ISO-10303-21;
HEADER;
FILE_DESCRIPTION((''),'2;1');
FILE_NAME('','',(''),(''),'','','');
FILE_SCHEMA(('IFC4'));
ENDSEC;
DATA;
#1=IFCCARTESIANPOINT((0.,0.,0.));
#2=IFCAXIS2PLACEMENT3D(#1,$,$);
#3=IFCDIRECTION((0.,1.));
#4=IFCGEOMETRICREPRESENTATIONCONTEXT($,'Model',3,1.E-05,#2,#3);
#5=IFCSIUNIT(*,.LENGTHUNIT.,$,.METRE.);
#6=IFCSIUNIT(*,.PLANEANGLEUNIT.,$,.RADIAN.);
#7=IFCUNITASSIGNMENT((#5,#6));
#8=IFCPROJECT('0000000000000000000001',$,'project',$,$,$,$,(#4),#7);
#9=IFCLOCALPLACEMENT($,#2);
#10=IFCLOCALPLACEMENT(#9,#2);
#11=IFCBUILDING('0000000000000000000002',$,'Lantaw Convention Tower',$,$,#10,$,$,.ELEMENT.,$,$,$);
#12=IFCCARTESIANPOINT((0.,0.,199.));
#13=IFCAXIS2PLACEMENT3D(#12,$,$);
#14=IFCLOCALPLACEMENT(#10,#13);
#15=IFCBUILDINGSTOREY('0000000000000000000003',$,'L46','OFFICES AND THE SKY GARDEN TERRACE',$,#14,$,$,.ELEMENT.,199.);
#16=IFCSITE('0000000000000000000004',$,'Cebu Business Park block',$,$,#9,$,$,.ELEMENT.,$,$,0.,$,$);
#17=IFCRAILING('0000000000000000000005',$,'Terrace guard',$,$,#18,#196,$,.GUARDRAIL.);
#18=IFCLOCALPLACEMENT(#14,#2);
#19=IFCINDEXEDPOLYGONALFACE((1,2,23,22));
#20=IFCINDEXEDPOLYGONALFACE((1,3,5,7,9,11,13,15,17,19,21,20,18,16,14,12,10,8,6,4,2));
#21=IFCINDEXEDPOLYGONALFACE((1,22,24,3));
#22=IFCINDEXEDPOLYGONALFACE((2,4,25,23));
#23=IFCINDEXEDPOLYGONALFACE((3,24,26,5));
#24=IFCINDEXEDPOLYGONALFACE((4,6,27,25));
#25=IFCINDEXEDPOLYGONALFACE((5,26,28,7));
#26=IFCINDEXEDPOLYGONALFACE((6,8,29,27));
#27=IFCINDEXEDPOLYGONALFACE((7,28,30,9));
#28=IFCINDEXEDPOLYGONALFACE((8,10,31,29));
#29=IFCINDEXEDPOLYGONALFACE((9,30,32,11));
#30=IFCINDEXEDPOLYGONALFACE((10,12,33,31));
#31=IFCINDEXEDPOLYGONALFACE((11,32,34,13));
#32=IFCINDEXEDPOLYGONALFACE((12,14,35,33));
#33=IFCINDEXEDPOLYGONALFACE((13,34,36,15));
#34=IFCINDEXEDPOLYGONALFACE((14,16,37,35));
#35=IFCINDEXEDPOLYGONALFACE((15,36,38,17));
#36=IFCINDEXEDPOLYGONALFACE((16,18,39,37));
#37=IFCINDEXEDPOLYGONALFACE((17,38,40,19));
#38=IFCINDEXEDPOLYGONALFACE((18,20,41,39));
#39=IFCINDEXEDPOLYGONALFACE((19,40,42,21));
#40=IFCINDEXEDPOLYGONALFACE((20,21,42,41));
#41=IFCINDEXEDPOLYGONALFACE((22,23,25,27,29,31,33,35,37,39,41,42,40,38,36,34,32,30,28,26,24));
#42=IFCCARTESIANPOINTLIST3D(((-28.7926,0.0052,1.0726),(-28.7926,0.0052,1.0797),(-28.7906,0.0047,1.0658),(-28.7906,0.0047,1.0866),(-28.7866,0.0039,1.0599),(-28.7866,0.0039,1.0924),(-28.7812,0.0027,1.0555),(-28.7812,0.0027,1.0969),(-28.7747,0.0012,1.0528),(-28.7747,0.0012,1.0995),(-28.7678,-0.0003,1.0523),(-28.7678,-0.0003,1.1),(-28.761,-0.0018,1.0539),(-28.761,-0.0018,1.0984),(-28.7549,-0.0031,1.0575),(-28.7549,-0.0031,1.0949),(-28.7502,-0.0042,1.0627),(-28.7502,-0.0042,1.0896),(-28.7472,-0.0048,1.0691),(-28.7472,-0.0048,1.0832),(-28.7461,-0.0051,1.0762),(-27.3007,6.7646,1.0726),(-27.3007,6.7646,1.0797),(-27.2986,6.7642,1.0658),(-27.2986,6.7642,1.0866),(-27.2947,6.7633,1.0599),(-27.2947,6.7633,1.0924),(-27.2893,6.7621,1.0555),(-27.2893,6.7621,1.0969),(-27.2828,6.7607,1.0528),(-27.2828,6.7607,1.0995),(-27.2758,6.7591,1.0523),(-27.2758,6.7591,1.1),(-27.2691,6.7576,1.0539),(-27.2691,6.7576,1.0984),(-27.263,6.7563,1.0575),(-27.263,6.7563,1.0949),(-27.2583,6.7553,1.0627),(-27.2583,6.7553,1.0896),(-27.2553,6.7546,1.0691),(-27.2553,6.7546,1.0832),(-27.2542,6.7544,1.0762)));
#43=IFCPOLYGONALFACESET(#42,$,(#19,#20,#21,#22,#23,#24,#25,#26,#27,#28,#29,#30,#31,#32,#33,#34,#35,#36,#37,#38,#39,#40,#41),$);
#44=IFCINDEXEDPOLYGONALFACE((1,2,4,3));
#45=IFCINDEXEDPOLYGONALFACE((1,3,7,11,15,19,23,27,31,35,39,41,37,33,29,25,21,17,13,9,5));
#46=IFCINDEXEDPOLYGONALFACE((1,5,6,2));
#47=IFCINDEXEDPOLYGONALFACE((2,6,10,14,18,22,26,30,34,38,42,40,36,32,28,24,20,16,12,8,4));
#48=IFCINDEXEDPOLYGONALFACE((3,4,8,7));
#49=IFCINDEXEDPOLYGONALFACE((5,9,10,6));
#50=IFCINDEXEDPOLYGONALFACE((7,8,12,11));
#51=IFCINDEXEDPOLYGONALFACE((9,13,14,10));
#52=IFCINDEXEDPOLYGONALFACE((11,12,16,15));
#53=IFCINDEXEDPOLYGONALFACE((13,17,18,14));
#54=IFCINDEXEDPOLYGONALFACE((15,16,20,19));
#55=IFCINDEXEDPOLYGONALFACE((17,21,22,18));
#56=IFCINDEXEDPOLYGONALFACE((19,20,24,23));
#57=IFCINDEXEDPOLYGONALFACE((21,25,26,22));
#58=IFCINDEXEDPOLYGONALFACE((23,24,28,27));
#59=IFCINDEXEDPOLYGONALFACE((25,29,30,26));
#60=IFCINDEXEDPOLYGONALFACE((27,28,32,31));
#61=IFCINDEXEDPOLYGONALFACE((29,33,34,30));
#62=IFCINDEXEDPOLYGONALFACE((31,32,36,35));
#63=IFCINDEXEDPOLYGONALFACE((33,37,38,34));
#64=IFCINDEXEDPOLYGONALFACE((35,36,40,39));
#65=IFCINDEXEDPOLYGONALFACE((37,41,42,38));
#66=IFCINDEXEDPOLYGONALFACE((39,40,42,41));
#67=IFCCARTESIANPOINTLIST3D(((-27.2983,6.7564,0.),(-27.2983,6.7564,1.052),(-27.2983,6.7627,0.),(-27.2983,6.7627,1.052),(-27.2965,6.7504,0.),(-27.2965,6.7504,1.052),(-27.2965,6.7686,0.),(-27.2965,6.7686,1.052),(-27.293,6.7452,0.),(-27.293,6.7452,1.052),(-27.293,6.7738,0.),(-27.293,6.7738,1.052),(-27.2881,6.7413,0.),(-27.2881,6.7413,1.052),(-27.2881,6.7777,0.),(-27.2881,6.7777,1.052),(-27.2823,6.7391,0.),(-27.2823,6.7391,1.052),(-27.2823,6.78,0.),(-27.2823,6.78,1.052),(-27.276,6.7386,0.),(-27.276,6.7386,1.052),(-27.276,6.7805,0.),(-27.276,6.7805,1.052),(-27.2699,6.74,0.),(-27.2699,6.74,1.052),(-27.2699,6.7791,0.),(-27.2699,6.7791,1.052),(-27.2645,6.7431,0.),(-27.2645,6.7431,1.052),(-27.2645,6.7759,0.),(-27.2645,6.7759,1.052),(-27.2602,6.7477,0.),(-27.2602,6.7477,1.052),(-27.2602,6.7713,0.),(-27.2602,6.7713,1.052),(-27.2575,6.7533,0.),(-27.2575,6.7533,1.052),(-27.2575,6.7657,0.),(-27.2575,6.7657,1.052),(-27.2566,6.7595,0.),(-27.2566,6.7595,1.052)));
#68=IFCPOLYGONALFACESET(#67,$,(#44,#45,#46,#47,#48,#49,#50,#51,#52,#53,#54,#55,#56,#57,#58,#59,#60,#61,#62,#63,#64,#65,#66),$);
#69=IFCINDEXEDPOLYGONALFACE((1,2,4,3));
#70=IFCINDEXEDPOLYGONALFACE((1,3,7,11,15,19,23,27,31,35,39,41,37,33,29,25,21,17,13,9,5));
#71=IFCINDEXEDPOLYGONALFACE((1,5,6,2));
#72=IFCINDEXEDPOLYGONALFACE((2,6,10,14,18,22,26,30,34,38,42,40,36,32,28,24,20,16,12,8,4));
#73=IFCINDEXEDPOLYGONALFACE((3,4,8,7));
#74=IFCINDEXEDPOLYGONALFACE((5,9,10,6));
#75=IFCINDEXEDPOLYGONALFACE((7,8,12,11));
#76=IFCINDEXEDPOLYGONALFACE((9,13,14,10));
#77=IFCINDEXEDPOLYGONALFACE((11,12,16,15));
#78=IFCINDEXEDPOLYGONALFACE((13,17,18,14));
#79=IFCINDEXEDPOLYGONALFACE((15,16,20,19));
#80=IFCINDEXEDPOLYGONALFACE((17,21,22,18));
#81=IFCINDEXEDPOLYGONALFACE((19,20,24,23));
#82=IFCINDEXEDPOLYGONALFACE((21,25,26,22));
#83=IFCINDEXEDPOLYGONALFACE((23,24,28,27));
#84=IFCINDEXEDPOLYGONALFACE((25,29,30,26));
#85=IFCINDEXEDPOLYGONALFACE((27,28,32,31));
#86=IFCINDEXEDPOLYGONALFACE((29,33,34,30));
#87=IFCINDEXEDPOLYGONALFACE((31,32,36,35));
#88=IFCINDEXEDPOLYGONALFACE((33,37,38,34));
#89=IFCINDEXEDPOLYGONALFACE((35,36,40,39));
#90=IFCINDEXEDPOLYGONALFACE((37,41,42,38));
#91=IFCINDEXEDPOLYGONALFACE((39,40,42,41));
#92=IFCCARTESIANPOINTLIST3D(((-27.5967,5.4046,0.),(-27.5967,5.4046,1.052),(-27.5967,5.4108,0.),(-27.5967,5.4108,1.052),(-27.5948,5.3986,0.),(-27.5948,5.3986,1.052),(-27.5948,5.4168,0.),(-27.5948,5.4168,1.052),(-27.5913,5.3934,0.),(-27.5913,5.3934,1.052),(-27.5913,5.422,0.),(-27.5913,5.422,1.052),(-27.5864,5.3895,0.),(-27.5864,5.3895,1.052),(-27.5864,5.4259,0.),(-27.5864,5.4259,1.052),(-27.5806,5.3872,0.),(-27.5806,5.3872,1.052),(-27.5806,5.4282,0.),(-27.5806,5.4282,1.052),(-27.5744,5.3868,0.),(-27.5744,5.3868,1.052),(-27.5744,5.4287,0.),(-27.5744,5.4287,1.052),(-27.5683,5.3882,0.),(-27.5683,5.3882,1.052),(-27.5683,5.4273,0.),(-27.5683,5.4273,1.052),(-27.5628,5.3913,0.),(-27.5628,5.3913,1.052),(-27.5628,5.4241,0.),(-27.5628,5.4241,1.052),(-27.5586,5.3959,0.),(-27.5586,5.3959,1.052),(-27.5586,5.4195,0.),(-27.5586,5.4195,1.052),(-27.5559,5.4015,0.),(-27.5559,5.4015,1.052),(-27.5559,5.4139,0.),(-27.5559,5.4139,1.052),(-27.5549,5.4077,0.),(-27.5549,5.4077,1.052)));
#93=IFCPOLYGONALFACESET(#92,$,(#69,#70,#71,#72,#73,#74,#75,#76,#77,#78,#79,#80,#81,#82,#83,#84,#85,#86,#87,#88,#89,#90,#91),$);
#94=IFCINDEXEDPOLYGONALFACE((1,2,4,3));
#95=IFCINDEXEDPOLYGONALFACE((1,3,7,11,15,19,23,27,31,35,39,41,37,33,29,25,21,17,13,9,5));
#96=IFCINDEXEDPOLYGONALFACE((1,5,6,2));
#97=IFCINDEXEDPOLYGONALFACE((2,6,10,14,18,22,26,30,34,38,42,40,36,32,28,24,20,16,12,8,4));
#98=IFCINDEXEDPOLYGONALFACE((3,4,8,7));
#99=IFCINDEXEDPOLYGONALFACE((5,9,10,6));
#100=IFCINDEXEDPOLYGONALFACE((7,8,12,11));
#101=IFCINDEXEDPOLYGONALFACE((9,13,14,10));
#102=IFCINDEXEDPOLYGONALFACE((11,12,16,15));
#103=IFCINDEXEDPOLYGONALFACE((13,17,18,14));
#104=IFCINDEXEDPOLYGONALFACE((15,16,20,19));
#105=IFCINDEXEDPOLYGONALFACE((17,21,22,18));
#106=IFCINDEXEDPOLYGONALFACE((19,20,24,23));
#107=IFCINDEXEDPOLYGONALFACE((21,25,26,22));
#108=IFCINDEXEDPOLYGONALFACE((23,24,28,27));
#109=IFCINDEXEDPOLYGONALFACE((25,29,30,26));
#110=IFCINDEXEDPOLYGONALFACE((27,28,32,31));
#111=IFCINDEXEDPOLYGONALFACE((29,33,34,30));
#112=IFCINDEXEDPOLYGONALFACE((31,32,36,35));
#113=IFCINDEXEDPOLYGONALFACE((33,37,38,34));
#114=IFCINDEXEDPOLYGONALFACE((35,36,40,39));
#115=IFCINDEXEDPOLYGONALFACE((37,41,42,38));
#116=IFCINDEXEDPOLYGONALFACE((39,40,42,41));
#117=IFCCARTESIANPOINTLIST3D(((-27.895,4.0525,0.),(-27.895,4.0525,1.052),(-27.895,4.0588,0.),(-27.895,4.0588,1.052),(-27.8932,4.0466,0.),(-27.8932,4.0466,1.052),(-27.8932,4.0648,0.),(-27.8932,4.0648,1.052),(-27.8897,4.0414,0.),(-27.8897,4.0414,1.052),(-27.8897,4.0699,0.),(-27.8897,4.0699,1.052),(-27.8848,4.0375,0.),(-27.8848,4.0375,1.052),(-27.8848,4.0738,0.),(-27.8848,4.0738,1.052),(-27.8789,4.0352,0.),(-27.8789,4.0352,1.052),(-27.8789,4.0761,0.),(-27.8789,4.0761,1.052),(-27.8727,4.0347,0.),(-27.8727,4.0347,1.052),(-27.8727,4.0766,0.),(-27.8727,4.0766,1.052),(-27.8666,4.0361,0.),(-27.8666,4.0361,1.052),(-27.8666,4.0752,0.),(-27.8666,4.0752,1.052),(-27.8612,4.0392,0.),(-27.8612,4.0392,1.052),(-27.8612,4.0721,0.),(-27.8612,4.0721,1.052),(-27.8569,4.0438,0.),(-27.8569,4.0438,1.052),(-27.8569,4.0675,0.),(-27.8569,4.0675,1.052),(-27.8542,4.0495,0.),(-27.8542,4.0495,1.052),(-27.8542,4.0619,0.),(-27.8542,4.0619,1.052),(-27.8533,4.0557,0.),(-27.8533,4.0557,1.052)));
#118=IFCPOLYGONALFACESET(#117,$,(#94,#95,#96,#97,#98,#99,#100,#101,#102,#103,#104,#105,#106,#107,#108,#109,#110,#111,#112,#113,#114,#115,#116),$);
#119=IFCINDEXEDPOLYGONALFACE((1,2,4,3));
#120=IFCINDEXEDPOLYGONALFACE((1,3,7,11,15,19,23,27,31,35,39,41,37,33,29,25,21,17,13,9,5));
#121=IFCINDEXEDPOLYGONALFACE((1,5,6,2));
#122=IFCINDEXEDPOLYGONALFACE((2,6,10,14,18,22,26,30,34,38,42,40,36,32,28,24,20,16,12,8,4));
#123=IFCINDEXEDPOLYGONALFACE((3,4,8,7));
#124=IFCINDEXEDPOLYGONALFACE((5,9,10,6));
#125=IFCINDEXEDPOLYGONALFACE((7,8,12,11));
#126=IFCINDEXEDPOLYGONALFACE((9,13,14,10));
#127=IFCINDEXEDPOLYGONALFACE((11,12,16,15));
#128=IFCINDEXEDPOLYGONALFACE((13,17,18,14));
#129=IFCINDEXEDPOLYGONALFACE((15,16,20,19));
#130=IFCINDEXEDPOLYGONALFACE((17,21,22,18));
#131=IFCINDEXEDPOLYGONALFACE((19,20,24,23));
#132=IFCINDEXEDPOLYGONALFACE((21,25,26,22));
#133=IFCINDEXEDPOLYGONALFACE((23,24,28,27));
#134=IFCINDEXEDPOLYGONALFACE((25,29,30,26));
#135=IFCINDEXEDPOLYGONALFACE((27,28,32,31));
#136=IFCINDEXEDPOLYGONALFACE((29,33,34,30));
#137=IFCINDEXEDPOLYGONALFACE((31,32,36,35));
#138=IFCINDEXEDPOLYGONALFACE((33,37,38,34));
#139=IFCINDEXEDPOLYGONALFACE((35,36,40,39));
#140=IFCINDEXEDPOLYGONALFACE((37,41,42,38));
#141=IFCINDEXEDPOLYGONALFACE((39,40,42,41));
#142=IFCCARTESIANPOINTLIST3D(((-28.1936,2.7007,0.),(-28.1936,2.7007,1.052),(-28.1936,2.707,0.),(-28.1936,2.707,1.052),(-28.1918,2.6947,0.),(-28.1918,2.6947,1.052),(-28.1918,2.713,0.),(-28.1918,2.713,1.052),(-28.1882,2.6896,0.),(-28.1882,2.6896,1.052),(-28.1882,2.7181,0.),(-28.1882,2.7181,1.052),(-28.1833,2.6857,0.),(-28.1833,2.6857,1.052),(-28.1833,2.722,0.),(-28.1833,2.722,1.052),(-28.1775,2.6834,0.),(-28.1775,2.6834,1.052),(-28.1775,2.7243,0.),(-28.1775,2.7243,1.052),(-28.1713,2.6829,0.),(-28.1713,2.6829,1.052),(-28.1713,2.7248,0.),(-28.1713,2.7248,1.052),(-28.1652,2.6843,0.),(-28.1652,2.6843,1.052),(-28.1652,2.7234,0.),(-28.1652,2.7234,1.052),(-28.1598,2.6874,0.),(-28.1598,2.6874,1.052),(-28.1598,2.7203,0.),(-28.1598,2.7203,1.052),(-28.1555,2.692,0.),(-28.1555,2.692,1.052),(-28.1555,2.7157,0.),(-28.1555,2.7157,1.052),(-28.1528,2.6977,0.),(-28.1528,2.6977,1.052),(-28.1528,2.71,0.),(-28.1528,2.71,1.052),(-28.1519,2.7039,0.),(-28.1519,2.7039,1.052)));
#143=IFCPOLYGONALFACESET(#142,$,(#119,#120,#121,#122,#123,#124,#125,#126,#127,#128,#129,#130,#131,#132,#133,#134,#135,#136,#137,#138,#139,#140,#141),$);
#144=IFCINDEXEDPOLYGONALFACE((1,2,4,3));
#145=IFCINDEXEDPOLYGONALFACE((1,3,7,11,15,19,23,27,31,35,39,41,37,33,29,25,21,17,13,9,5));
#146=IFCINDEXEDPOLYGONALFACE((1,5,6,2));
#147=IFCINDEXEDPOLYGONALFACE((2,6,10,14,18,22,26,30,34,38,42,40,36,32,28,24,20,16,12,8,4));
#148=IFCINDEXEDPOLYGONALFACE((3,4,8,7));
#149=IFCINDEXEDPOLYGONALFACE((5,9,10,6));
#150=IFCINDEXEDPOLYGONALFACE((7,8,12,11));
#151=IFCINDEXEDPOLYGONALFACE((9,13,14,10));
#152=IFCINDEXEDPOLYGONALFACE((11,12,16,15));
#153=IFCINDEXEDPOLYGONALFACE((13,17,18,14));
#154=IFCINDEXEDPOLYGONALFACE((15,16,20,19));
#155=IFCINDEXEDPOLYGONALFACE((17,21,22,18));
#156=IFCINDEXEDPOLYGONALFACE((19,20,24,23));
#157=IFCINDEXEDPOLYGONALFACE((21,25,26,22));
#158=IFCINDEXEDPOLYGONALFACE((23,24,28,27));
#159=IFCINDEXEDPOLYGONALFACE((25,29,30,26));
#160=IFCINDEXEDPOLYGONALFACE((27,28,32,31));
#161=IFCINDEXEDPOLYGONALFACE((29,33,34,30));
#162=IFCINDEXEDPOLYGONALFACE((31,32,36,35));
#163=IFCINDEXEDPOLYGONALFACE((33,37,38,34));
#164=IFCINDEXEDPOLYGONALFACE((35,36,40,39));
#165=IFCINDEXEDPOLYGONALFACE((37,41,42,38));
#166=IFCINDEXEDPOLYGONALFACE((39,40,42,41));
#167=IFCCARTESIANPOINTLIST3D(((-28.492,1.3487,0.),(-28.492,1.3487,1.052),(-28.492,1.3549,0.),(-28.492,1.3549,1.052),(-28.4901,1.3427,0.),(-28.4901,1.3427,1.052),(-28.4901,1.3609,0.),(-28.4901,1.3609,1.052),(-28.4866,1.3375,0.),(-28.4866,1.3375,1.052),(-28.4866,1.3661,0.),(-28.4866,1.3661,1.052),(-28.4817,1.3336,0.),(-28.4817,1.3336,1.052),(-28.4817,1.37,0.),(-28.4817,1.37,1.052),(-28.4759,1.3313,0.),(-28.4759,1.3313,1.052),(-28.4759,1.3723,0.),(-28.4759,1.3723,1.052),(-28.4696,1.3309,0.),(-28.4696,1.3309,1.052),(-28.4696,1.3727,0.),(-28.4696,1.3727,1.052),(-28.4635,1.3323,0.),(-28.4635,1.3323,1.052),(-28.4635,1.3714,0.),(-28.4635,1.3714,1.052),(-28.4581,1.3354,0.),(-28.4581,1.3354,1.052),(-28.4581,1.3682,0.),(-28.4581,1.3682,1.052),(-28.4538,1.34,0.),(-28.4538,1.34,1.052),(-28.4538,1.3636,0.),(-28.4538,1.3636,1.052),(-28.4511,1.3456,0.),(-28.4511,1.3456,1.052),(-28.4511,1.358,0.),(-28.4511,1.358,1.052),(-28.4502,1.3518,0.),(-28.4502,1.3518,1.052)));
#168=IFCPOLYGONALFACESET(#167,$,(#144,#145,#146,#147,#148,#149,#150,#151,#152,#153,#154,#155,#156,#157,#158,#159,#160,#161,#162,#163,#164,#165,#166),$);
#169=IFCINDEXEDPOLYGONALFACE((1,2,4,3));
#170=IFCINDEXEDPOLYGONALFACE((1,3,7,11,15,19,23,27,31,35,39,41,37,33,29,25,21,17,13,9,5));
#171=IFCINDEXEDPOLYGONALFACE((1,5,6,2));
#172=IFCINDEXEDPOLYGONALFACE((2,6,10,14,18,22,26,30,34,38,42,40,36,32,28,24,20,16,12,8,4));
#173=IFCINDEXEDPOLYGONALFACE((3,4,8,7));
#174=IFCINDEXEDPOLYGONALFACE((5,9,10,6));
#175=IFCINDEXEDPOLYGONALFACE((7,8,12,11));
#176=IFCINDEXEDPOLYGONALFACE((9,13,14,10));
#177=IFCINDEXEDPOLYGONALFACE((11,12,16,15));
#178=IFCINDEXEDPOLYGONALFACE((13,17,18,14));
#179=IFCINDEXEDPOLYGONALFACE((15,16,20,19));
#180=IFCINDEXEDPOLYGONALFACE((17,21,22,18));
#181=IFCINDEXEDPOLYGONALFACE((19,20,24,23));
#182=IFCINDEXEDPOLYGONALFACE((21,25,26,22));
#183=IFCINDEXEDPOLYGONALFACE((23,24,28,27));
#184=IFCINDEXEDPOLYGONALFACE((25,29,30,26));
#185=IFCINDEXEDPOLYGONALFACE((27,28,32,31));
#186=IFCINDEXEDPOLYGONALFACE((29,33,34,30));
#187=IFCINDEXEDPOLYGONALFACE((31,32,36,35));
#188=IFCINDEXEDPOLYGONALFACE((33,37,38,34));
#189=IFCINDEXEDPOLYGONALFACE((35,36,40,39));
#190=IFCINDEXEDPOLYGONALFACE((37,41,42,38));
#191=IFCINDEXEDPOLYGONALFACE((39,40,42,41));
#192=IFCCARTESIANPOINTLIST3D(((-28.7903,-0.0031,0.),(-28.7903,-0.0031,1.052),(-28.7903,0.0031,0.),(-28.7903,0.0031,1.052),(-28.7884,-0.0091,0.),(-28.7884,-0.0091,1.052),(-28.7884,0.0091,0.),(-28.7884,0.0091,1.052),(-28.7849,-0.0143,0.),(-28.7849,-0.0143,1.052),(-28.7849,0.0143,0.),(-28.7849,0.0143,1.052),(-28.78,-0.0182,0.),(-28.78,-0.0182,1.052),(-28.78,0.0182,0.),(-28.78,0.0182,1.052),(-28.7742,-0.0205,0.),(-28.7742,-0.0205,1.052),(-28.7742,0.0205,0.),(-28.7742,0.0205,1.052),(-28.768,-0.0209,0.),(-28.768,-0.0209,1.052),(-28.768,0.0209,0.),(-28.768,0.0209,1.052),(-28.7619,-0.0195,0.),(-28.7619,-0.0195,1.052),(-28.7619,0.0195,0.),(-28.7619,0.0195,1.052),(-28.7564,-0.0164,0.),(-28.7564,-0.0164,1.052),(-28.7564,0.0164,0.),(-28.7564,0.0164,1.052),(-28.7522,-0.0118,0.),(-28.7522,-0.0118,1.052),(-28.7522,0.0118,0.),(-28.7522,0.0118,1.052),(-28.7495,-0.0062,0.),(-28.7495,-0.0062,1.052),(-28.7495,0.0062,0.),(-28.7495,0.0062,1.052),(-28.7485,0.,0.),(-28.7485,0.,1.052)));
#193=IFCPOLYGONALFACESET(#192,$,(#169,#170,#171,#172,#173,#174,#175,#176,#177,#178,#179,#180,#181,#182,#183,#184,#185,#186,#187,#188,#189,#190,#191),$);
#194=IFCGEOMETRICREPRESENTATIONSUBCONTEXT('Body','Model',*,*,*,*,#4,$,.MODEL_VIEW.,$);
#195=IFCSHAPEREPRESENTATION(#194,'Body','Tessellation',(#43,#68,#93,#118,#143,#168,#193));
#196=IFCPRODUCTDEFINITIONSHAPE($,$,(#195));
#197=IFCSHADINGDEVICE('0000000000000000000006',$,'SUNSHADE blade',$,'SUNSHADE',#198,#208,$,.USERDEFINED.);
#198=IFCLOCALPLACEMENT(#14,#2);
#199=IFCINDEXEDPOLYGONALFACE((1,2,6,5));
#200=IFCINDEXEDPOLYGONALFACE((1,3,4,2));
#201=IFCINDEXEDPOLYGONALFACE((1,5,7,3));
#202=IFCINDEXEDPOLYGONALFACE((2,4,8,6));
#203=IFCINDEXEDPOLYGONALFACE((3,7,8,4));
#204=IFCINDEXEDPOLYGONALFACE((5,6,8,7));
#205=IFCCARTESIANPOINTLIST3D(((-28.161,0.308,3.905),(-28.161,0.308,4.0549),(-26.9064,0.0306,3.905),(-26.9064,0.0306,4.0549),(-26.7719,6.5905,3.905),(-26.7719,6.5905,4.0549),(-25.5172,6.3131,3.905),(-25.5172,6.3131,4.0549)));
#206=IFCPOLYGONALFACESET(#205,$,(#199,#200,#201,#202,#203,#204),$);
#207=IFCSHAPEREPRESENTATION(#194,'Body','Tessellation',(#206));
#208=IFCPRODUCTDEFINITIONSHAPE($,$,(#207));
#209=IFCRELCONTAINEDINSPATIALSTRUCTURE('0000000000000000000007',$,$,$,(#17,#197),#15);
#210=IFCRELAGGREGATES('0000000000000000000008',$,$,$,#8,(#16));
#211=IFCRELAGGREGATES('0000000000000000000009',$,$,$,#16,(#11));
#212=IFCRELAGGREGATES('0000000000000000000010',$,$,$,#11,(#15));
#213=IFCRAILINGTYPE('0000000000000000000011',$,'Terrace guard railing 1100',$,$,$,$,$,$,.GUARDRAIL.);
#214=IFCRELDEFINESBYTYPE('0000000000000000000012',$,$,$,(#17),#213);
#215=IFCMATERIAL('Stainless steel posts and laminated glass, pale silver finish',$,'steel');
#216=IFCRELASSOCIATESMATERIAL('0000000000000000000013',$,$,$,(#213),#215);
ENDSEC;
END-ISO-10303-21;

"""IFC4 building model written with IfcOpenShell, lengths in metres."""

from ifc_helpers import new_model, si_unit, direction, frame, origin, origin_2d, place, context, subcontext, project, spatial, rectangle, circle, extrude, material, type_object, element, save


model = new_model("IFC4")

# Units and contexts
model_context = context("Model", 3, precision=1e-05, world=origin(), true_north=direction((0.0, 1.0)))
body_context = subcontext(model_context, "Body", "Model", "MODEL_VIEW")
ifc_project = project(units=[si_unit("LENGTHUNIT", "METRE"), si_unit("PLANEANGLEUNIT", "RADIAN")], contexts=[model_context])

# Site, building, storey
site_placement = place(None, origin())
site = spatial("IfcSite", under=ifc_project, at=site_placement, Name="Cebu Business Park block", CompositionType="ELEMENT", RefElevation=0.0)
building_placement = place(site_placement, origin())
building = spatial("IfcBuilding", under=site, at=building_placement, Name="Lantaw Convention Tower", CompositionType="ELEMENT")
storey_placement = place(building_placement, frame((0.0, 0.0, 199.0)))
storey = spatial("IfcBuildingStorey", under=building, at=storey_placement, Name="L46", Description="OFFICES AND THE SKY GARDEN TERRACE", CompositionType="ELEMENT", Elevation=199.0)

# Railing
ifc_material_1 = material(Name="Stainless steel posts and laminated glass, pale silver finish", Category="steel")
railing_type = type_object("IfcRailingType", Name="Terrace guard railing 1100", PredefinedType="GUARDRAIL", material=ifc_material_1)
railing_placement = place(storey_placement, frame((-27.2776, 6.7595, 0.0)))
element("IfcRailing", 1, at=railing_placement, inside=storey, type_object=railing_type, Name="Terrace guard", PredefinedType="GUARDRAIL", context=body_context, shape_type="SweptSolid", body=[
    extrude(circle(Radius=0.0239, at=origin_2d()), frame((0.0, 0.0, 1.0762), z_axis=(-0.21553, -0.976497, 0.0), x_axis=(0.976497, -0.21553, 0.0)), (0.0, 0.0, 1.0), 6.9221),
    extrude(circle(Radius=0.021, at=origin_2d()), origin(), (0.0, 0.0, 1.0), 1.052),
    extrude(circle(Radius=0.021, at=origin_2d()), frame((-0.2983, -1.3518, 0.0)), (0.0, 0.0, 1.0), 1.052),
    extrude(circle(Radius=0.021, at=origin_2d()), frame((-0.5967, -2.7039, 0.0)), (0.0, 0.0, 1.0), 1.052),
    extrude(circle(Radius=0.021, at=origin_2d()), frame((-0.8953, -4.0557, 0.0)), (0.0, 0.0, 1.0), 1.052),
    extrude(circle(Radius=0.021, at=origin_2d()), frame((-1.1936, -5.4077, 0.0)), (0.0, 0.0, 1.0), 1.052),
    extrude(circle(Radius=0.021, at=origin_2d()), frame((-1.4919, -6.7595, 0.0)), (0.0, 0.0, 1.0), 1.052),
])

# Shading device
shading_device_placement = place(storey_placement, frame((-26.8391, 3.3105, 3.905), z_axis=(0.0, 0.0, 1.0), x_axis=(-0.215891, -0.976417, 0.0)))
element("IfcShadingDevice", 2, at=shading_device_placement, inside=storey, Name="SUNSHADE blade", ObjectType="SUNSHADE", PredefinedType="USERDEFINED", context=body_context, shape_type="SweptSolid", body=[
    extrude(rectangle(XDim=6.4343, YDim=1.2849, at=origin_2d()), origin(), (0.0, 0.0, 1.0), 0.1499),
])

save(model, "model.ifc")
